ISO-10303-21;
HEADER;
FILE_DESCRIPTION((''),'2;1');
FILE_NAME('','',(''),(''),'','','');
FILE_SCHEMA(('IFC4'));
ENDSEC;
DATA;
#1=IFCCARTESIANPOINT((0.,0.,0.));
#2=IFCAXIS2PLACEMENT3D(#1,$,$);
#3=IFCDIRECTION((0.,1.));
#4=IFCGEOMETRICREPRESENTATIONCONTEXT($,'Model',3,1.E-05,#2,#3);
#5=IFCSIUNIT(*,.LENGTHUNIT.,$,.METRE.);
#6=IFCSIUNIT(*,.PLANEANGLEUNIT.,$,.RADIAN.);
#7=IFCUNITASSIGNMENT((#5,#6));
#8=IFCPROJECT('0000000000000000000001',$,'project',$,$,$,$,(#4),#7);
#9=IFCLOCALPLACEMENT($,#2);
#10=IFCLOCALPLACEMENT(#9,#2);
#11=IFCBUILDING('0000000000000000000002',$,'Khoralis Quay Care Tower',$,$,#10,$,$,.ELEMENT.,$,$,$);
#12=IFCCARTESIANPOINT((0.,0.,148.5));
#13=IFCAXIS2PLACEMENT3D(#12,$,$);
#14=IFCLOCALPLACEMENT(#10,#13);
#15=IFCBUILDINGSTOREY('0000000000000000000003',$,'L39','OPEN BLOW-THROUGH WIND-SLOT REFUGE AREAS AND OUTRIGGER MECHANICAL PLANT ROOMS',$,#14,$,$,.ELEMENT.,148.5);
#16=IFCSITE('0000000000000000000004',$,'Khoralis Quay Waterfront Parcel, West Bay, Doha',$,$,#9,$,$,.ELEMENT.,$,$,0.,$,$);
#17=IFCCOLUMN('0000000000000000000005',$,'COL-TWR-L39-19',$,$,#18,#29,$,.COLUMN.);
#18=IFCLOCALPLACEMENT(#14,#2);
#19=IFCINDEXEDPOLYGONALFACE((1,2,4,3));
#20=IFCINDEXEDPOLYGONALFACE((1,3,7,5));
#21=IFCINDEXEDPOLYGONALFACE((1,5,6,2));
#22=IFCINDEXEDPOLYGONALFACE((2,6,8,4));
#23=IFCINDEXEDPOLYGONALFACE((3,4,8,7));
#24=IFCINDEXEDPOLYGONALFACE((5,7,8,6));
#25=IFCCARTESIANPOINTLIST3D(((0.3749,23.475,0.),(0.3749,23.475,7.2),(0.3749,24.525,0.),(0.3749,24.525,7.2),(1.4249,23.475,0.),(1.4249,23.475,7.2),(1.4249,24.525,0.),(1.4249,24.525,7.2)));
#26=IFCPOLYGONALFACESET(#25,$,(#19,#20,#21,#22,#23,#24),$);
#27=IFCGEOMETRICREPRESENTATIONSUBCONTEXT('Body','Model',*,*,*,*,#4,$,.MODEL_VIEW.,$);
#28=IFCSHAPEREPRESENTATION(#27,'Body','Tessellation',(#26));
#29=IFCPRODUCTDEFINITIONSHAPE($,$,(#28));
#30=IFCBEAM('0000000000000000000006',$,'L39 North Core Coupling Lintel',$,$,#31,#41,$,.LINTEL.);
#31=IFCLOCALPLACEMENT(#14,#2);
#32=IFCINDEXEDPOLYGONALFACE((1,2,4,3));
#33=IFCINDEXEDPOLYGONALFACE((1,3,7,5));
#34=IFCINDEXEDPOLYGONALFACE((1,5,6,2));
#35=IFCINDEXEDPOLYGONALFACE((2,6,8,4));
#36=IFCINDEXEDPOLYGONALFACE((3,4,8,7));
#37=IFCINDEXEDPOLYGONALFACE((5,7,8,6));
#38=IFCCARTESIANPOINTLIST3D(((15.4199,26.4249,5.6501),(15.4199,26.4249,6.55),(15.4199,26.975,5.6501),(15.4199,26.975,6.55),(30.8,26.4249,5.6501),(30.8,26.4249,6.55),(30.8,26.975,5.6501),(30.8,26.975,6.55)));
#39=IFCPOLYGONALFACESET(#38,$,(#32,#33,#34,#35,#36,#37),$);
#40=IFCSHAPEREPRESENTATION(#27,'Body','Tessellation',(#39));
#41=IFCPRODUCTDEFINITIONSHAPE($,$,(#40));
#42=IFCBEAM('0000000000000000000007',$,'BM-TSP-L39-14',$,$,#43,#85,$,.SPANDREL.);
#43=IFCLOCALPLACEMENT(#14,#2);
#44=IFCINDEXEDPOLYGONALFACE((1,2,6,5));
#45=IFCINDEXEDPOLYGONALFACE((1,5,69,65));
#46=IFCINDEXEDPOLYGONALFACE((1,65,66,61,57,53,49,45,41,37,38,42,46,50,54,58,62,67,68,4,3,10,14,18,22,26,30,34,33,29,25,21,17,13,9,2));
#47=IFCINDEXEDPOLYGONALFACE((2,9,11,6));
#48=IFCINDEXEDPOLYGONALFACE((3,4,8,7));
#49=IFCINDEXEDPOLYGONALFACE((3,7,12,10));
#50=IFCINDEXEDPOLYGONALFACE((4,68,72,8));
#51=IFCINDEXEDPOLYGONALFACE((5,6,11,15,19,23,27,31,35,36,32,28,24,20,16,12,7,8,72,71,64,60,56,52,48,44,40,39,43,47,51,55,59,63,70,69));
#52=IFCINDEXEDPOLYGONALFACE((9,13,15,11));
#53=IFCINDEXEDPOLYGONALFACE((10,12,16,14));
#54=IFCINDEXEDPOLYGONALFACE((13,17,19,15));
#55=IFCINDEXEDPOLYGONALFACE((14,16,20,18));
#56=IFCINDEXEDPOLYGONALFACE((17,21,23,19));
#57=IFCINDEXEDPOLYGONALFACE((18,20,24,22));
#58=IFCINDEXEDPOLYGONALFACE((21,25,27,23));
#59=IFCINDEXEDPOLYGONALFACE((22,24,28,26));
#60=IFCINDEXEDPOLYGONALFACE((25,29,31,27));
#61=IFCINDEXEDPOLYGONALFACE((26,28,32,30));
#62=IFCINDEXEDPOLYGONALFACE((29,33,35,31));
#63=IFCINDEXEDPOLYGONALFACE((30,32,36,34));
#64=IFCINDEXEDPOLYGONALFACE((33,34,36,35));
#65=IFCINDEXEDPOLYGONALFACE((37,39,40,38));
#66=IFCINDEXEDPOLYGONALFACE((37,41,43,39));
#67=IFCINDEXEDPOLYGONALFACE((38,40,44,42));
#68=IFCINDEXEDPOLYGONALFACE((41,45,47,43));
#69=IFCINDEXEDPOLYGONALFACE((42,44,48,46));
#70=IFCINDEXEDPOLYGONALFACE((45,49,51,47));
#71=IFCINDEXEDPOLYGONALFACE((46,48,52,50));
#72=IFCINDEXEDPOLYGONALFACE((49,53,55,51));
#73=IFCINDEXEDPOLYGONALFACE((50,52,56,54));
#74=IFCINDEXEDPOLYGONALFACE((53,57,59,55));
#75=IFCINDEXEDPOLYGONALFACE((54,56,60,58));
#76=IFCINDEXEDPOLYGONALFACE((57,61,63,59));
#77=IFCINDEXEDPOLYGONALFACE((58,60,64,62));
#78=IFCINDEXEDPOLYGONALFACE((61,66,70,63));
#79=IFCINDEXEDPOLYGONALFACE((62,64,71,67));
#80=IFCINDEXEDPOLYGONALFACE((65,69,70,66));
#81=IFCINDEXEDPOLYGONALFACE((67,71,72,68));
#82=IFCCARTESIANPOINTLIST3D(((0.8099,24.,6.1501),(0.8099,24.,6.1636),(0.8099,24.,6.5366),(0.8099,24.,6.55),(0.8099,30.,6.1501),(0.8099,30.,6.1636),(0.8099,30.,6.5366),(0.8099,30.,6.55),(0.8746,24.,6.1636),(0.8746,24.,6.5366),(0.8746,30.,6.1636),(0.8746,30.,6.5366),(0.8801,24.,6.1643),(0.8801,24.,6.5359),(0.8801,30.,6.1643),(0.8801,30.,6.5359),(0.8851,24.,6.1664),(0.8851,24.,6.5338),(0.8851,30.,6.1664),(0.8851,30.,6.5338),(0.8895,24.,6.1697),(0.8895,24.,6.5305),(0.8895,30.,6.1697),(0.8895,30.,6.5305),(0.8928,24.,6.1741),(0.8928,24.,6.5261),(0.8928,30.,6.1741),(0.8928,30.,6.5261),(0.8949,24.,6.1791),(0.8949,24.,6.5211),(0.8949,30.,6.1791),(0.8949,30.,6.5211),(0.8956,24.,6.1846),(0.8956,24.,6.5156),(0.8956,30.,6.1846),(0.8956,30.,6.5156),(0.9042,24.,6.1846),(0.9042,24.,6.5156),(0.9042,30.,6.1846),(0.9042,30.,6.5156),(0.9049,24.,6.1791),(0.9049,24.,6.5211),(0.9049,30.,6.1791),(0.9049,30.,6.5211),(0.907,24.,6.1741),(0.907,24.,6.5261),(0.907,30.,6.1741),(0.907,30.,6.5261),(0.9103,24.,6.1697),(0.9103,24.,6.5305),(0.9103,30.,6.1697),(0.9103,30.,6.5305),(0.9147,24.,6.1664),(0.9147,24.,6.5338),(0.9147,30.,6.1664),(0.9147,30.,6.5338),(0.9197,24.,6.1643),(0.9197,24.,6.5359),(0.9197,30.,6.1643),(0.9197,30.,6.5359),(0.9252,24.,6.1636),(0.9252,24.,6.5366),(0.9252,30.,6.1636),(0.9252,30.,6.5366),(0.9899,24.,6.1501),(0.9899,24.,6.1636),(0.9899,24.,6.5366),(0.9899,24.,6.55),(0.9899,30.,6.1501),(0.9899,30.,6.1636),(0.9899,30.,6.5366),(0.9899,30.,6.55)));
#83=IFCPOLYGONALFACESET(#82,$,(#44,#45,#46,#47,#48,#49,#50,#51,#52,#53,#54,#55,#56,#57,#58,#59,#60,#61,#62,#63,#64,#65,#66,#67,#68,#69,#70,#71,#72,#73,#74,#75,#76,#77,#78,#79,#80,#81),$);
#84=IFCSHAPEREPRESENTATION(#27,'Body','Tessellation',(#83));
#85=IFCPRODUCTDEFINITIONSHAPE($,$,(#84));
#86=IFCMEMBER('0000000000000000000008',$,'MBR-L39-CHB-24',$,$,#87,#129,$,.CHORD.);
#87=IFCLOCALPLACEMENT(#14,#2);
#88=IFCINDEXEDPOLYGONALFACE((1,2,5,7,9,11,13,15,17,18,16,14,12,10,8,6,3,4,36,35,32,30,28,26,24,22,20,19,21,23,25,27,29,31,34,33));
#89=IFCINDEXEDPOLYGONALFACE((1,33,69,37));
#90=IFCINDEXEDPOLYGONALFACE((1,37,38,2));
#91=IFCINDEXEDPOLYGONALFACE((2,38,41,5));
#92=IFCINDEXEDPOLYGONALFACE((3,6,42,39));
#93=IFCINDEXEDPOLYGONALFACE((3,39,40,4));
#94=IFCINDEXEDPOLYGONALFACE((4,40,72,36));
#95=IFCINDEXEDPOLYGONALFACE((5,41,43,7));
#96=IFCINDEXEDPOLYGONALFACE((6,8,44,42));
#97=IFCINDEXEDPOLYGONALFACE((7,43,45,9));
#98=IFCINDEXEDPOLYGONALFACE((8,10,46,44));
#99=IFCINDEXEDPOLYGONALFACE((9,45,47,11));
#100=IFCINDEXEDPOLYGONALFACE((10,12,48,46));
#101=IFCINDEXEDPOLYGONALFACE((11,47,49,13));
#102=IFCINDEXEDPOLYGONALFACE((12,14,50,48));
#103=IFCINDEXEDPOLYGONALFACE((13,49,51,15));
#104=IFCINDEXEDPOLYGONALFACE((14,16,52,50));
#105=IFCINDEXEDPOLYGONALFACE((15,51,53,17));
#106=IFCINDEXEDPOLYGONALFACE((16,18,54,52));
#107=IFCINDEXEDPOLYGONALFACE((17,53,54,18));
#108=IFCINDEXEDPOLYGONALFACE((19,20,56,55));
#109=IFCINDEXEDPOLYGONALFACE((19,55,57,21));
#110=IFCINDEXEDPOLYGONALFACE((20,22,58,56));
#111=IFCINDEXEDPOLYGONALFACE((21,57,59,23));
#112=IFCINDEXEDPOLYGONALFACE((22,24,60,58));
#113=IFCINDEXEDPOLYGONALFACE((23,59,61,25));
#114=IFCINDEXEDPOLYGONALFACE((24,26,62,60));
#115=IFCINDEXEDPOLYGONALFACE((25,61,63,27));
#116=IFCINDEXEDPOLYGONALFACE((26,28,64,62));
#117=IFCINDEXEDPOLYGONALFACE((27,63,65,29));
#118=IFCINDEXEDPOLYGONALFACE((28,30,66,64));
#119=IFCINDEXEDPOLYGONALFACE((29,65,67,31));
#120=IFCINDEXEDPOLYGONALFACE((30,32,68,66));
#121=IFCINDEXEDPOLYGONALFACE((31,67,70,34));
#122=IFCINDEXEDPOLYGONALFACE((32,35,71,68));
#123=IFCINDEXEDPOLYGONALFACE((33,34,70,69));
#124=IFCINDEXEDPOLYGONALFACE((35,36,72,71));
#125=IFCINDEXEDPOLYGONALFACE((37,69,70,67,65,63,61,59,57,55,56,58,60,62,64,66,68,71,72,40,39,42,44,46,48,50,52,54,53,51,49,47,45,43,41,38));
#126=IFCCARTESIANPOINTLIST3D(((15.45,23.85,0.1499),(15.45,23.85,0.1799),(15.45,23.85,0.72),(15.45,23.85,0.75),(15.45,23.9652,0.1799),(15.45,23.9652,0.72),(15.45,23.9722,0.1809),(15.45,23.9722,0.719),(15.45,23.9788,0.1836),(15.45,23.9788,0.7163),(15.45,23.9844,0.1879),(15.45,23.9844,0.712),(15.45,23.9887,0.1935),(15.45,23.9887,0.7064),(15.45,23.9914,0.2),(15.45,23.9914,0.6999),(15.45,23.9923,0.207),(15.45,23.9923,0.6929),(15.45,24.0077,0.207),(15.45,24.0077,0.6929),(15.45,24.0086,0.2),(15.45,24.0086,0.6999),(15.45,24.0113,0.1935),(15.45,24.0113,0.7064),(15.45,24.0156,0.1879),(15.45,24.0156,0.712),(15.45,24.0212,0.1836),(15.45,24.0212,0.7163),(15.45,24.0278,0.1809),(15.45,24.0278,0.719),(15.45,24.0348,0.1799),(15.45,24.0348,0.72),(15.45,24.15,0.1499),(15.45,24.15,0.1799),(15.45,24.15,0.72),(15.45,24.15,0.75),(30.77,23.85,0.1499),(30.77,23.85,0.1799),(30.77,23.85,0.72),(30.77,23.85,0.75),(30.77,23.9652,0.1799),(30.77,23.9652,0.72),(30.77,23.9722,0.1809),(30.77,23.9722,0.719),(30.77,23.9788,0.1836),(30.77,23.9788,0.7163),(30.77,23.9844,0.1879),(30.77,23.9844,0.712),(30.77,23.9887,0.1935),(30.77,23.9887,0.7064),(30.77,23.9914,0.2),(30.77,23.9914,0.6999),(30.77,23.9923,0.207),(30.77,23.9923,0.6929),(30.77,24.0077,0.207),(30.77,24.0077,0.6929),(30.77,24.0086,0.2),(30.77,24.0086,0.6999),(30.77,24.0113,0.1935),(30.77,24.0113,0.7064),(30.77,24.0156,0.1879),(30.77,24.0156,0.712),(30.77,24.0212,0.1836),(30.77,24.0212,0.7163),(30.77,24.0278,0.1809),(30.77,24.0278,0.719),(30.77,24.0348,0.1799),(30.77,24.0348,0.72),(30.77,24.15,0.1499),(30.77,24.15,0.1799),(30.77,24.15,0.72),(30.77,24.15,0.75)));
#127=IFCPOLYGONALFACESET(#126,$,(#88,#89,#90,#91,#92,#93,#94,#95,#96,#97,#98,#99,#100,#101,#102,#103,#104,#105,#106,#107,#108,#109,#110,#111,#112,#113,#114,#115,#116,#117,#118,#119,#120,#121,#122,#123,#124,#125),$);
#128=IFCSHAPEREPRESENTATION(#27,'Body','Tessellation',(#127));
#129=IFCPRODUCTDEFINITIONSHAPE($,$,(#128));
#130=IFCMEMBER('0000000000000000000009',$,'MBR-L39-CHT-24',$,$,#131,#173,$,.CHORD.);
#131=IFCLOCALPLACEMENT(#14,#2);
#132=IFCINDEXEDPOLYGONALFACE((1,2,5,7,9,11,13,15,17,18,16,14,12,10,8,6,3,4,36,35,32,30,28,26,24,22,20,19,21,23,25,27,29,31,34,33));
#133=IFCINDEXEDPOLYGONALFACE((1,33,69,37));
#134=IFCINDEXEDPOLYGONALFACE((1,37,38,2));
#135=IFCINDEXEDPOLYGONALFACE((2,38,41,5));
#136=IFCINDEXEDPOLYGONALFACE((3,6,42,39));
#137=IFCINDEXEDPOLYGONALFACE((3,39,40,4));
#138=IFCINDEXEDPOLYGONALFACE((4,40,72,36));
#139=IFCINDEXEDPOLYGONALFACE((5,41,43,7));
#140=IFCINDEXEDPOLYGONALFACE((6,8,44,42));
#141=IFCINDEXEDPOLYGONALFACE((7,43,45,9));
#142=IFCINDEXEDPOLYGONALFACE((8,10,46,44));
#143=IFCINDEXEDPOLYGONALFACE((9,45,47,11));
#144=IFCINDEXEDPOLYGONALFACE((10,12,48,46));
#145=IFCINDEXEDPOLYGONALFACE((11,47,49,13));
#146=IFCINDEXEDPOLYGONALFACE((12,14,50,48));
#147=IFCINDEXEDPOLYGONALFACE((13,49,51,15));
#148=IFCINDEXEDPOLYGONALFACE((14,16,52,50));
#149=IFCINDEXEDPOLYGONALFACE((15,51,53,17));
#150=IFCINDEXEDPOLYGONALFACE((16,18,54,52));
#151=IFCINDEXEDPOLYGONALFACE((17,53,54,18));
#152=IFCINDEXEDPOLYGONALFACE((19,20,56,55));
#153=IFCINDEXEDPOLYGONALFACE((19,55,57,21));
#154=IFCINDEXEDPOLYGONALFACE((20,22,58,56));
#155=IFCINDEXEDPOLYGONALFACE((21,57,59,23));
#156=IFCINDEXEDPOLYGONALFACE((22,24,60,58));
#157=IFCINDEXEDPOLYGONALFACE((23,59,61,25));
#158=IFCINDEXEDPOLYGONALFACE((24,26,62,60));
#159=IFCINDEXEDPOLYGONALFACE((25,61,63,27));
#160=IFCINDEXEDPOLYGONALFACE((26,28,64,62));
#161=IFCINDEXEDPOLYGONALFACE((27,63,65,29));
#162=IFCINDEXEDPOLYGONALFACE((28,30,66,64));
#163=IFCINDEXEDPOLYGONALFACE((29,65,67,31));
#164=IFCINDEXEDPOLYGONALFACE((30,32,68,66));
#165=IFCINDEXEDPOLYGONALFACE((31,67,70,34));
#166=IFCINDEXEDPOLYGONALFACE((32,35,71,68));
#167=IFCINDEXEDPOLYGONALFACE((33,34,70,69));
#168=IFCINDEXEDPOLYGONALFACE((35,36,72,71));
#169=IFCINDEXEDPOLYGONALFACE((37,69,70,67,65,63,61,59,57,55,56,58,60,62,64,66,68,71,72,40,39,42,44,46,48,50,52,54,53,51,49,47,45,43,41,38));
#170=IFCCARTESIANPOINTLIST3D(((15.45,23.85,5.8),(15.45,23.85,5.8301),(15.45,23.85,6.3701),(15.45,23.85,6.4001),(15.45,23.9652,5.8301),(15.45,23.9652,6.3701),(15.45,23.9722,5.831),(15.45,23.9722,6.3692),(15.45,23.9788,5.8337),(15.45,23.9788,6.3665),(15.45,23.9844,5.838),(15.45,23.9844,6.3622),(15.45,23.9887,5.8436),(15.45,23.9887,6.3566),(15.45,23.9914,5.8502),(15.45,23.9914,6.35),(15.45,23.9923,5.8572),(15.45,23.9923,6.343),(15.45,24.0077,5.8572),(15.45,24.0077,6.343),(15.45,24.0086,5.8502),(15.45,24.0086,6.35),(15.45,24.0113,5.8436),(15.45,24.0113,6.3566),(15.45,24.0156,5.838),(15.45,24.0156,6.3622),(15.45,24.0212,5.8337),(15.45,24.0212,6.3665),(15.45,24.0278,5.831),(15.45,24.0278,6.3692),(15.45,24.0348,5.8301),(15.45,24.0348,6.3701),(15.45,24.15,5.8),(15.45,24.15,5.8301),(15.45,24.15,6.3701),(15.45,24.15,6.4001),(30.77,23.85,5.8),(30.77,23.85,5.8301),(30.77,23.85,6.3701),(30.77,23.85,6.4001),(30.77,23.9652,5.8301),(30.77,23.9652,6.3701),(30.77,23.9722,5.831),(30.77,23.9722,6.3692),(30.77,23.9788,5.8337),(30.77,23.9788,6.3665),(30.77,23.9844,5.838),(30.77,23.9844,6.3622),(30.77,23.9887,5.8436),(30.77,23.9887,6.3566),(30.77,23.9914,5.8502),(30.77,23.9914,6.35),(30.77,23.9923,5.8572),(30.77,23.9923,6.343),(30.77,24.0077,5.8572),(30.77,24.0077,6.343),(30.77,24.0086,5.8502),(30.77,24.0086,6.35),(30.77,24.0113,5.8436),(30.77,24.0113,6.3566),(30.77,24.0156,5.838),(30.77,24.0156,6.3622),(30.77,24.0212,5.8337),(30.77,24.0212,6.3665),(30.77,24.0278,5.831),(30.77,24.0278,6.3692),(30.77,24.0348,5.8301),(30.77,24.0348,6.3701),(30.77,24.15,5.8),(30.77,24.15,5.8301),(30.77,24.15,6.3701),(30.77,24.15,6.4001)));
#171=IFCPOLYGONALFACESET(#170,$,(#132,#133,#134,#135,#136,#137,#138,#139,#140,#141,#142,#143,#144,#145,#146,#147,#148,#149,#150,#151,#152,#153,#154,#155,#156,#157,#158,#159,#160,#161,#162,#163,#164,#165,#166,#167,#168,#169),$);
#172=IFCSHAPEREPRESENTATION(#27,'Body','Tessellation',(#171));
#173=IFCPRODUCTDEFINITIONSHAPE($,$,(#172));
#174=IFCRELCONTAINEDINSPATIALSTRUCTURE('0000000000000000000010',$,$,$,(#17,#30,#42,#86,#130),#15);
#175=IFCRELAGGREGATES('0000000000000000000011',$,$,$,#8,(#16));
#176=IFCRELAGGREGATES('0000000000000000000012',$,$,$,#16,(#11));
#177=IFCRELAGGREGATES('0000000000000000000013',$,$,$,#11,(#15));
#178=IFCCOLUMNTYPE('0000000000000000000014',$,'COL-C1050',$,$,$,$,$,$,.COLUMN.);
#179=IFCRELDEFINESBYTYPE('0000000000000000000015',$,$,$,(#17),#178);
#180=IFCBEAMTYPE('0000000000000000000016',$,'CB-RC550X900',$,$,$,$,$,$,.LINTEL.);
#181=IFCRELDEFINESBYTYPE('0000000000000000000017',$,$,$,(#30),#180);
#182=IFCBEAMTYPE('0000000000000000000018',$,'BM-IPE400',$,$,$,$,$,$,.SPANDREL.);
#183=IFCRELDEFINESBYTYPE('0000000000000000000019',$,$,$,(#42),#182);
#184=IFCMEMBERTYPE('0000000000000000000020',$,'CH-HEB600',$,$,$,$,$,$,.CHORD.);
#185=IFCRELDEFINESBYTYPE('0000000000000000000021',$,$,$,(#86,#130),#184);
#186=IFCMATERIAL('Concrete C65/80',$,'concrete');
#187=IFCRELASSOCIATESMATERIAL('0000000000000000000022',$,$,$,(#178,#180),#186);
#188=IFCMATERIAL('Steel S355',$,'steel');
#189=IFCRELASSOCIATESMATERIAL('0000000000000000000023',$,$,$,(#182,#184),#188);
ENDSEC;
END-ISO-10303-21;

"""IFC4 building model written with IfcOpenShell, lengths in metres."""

from ifc_helpers import new_model, si_unit, direction, frame, origin, origin_2d, place, context, subcontext, project, spatial, rectangle, i_section, extrude, source, transform, mapped, material, material_profile, profile_set, type_object, element, save


model = new_model("IFC4")

# Units and contexts
model_context = context("Model", 3, precision=1e-05, world=origin(), true_north=direction((0.0, 1.0)))
body_context = subcontext(model_context, "Body", "Model", "MODEL_VIEW")
ifc_project = project(units=[si_unit("LENGTHUNIT", "METRE"), si_unit("PLANEANGLEUNIT", "RADIAN")], contexts=[model_context])

# Site, building, storey
site_placement = place(None, origin())
site = spatial("IfcSite", under=ifc_project, at=site_placement, Name="Khoralis Quay Waterfront Parcel, West Bay, Doha", CompositionType="ELEMENT", RefElevation=0.0)
building_placement = place(site_placement, origin())
building = spatial("IfcBuilding", under=site, at=building_placement, Name="Khoralis Quay Care Tower", CompositionType="ELEMENT")
storey_placement = place(building_placement, frame((0.0, 0.0, 148.5)))
storey = spatial("IfcBuildingStorey", under=building, at=storey_placement, Name="L39", Description="OPEN BLOW-THROUGH WIND-SLOT REFUGE AREAS AND OUTRIGGER MECHANICAL PLANT ROOMS", CompositionType="ELEMENT", Elevation=148.5)

# Column
ifc_material_1 = material(Name="Concrete C65/80", Category="concrete")
ifc_material_profile_1 = material_profile(ifc_material_1, rectangle(XDim=1.05, YDim=1.05, at=origin_2d()), Name="Concrete C65/80")
ifc_profile_set_1 = profile_set([ifc_material_profile_1], Name="Concrete C65/80")
column_type = type_object("IfcColumnType", Name="COL-C1050", PredefinedType="COLUMN", material=ifc_profile_set_1)
shared_shape_1 = source(origin(), body_context, "Body", "SweptSolid", [
    extrude(rectangle(XDim=1.05, YDim=1.05, at=origin_2d()), origin(), (0.0, 0.0, 1.0), 7.2),
])
column_placement = place(storey_placement, frame((0.8999, 24.0, 0.0), z_axis=(0.0, 0.0, 1.0), x_axis=(1.0, 0.0, 0.0)))
element("IfcColumn", 1, at=column_placement, inside=storey, type_object=column_type, Name="COL-TWR-L39-19", PredefinedType="COLUMN", context=body_context, shape_type="MappedRepresentation", body=[
    mapped(shared_shape_1, transform((0.0, 0.0, 0.0), scale=1.0)),
])

# Beams
ifc_material_profile_2 = material_profile(ifc_material_1, rectangle(XDim=0.55, YDim=0.8999, at=origin_2d()), Name="Concrete C65/80")
ifc_profile_set_2 = profile_set([ifc_material_profile_2], Name="Concrete C65/80")
beam_type_1 = type_object("IfcBeamType", Name="CB-RC550X900", PredefinedType="LINTEL", material=ifc_profile_set_2)
shared_shape_2 = source(origin(), body_context, "Body", "SweptSolid", [
    extrude(rectangle(XDim=0.55, YDim=0.8999, at=origin_2d()), origin(), (0.0, 0.0, 1.0), 15.3801),
])
beam_1_placement = place(storey_placement, frame((15.4199, 26.7, 6.1001), z_axis=(1.0, 0.0, 0.0), x_axis=(0.0, 1.0, 0.0)))
element("IfcBeam", 2, at=beam_1_placement, inside=storey, type_object=beam_type_1, Name="L39 North Core Coupling Lintel", PredefinedType="LINTEL", context=body_context, shape_type="MappedRepresentation", body=[
    mapped(shared_shape_2, transform((0.0, 0.0, 0.0), scale=1.0)),
])
ifc_material_2 = material(Name="Steel S355", Category="steel")
ifc_material_profile_3 = material_profile(ifc_material_2, i_section(OverallWidth=0.1799, OverallDepth=0.3999, WebThickness=0.0085, FlangeThickness=0.0134, FilletRadius=0.021, at=origin_2d()), Name="Steel S355")
ifc_profile_set_3 = profile_set([ifc_material_profile_3], Name="Steel S355")
beam_type_2 = type_object("IfcBeamType", Name="BM-IPE400", PredefinedType="SPANDREL", material=ifc_profile_set_3)
shared_shape_3 = source(origin(), body_context, "Body", "SweptSolid", [
    extrude(i_section(OverallWidth=0.1799, OverallDepth=0.3999, WebThickness=0.0085, FlangeThickness=0.0134, FilletRadius=0.021, at=origin_2d()), origin(), (0.0, 0.0, 1.0), 6.0),
])
beam_2_placement = place(storey_placement, frame((0.8999, 24.0, 6.3501), z_axis=(0.0, 1.0, 0.0), x_axis=(-1.0, 0.0, 0.0)))
element("IfcBeam", 3, at=beam_2_placement, inside=storey, type_object=beam_type_2, Name="BM-TSP-L39-14", PredefinedType="SPANDREL", context=body_context, shape_type="MappedRepresentation", body=[
    mapped(shared_shape_3, transform((0.0, 0.0, 0.0), scale=1.0)),
])

# Members
ifc_material_profile_4 = material_profile(ifc_material_2, i_section(OverallWidth=0.3, OverallDepth=0.6001, WebThickness=0.0154, FlangeThickness=0.03, FilletRadius=0.0271, at=origin_2d()), Name="Steel S355")
ifc_profile_set_4 = profile_set([ifc_material_profile_4], Name="Steel S355")
member_type_1 = type_object("IfcMemberType", Name="CH-HEB600", PredefinedType="CHORD", material=ifc_profile_set_4)
shared_shape_4 = source(origin(), body_context, "Body", "SweptSolid", [
    extrude(i_section(OverallWidth=0.3, OverallDepth=0.6001, WebThickness=0.0154, FlangeThickness=0.03, FilletRadius=0.0271, at=origin_2d()), origin(), (0.0, 0.0, 1.0), 15.3201),
])
for number, where, z_axis, x_axis, name in (
    (4, (15.45, 24.0, 0.45), (1.0, 0.0, 0.0), (0.0, 1.0, 0.0), "MBR-L39-CHB-24"),
    (5, (15.45, 24.0, 6.1001), (1.0, 0.0, 0.0), (0.0, 1.0, 0.0), "MBR-L39-CHT-24"),
):
    element("IfcMember", number, at=place(storey_placement, frame(where, z_axis=z_axis, x_axis=x_axis)), inside=storey, type_object=member_type_1, Name=name, PredefinedType="CHORD", context=body_context, shape_type="MappedRepresentation", body=[
        mapped(shared_shape_4, transform((0.0, 0.0, 0.0), scale=1.0)),
    ])

save(model, "model.ifc")
